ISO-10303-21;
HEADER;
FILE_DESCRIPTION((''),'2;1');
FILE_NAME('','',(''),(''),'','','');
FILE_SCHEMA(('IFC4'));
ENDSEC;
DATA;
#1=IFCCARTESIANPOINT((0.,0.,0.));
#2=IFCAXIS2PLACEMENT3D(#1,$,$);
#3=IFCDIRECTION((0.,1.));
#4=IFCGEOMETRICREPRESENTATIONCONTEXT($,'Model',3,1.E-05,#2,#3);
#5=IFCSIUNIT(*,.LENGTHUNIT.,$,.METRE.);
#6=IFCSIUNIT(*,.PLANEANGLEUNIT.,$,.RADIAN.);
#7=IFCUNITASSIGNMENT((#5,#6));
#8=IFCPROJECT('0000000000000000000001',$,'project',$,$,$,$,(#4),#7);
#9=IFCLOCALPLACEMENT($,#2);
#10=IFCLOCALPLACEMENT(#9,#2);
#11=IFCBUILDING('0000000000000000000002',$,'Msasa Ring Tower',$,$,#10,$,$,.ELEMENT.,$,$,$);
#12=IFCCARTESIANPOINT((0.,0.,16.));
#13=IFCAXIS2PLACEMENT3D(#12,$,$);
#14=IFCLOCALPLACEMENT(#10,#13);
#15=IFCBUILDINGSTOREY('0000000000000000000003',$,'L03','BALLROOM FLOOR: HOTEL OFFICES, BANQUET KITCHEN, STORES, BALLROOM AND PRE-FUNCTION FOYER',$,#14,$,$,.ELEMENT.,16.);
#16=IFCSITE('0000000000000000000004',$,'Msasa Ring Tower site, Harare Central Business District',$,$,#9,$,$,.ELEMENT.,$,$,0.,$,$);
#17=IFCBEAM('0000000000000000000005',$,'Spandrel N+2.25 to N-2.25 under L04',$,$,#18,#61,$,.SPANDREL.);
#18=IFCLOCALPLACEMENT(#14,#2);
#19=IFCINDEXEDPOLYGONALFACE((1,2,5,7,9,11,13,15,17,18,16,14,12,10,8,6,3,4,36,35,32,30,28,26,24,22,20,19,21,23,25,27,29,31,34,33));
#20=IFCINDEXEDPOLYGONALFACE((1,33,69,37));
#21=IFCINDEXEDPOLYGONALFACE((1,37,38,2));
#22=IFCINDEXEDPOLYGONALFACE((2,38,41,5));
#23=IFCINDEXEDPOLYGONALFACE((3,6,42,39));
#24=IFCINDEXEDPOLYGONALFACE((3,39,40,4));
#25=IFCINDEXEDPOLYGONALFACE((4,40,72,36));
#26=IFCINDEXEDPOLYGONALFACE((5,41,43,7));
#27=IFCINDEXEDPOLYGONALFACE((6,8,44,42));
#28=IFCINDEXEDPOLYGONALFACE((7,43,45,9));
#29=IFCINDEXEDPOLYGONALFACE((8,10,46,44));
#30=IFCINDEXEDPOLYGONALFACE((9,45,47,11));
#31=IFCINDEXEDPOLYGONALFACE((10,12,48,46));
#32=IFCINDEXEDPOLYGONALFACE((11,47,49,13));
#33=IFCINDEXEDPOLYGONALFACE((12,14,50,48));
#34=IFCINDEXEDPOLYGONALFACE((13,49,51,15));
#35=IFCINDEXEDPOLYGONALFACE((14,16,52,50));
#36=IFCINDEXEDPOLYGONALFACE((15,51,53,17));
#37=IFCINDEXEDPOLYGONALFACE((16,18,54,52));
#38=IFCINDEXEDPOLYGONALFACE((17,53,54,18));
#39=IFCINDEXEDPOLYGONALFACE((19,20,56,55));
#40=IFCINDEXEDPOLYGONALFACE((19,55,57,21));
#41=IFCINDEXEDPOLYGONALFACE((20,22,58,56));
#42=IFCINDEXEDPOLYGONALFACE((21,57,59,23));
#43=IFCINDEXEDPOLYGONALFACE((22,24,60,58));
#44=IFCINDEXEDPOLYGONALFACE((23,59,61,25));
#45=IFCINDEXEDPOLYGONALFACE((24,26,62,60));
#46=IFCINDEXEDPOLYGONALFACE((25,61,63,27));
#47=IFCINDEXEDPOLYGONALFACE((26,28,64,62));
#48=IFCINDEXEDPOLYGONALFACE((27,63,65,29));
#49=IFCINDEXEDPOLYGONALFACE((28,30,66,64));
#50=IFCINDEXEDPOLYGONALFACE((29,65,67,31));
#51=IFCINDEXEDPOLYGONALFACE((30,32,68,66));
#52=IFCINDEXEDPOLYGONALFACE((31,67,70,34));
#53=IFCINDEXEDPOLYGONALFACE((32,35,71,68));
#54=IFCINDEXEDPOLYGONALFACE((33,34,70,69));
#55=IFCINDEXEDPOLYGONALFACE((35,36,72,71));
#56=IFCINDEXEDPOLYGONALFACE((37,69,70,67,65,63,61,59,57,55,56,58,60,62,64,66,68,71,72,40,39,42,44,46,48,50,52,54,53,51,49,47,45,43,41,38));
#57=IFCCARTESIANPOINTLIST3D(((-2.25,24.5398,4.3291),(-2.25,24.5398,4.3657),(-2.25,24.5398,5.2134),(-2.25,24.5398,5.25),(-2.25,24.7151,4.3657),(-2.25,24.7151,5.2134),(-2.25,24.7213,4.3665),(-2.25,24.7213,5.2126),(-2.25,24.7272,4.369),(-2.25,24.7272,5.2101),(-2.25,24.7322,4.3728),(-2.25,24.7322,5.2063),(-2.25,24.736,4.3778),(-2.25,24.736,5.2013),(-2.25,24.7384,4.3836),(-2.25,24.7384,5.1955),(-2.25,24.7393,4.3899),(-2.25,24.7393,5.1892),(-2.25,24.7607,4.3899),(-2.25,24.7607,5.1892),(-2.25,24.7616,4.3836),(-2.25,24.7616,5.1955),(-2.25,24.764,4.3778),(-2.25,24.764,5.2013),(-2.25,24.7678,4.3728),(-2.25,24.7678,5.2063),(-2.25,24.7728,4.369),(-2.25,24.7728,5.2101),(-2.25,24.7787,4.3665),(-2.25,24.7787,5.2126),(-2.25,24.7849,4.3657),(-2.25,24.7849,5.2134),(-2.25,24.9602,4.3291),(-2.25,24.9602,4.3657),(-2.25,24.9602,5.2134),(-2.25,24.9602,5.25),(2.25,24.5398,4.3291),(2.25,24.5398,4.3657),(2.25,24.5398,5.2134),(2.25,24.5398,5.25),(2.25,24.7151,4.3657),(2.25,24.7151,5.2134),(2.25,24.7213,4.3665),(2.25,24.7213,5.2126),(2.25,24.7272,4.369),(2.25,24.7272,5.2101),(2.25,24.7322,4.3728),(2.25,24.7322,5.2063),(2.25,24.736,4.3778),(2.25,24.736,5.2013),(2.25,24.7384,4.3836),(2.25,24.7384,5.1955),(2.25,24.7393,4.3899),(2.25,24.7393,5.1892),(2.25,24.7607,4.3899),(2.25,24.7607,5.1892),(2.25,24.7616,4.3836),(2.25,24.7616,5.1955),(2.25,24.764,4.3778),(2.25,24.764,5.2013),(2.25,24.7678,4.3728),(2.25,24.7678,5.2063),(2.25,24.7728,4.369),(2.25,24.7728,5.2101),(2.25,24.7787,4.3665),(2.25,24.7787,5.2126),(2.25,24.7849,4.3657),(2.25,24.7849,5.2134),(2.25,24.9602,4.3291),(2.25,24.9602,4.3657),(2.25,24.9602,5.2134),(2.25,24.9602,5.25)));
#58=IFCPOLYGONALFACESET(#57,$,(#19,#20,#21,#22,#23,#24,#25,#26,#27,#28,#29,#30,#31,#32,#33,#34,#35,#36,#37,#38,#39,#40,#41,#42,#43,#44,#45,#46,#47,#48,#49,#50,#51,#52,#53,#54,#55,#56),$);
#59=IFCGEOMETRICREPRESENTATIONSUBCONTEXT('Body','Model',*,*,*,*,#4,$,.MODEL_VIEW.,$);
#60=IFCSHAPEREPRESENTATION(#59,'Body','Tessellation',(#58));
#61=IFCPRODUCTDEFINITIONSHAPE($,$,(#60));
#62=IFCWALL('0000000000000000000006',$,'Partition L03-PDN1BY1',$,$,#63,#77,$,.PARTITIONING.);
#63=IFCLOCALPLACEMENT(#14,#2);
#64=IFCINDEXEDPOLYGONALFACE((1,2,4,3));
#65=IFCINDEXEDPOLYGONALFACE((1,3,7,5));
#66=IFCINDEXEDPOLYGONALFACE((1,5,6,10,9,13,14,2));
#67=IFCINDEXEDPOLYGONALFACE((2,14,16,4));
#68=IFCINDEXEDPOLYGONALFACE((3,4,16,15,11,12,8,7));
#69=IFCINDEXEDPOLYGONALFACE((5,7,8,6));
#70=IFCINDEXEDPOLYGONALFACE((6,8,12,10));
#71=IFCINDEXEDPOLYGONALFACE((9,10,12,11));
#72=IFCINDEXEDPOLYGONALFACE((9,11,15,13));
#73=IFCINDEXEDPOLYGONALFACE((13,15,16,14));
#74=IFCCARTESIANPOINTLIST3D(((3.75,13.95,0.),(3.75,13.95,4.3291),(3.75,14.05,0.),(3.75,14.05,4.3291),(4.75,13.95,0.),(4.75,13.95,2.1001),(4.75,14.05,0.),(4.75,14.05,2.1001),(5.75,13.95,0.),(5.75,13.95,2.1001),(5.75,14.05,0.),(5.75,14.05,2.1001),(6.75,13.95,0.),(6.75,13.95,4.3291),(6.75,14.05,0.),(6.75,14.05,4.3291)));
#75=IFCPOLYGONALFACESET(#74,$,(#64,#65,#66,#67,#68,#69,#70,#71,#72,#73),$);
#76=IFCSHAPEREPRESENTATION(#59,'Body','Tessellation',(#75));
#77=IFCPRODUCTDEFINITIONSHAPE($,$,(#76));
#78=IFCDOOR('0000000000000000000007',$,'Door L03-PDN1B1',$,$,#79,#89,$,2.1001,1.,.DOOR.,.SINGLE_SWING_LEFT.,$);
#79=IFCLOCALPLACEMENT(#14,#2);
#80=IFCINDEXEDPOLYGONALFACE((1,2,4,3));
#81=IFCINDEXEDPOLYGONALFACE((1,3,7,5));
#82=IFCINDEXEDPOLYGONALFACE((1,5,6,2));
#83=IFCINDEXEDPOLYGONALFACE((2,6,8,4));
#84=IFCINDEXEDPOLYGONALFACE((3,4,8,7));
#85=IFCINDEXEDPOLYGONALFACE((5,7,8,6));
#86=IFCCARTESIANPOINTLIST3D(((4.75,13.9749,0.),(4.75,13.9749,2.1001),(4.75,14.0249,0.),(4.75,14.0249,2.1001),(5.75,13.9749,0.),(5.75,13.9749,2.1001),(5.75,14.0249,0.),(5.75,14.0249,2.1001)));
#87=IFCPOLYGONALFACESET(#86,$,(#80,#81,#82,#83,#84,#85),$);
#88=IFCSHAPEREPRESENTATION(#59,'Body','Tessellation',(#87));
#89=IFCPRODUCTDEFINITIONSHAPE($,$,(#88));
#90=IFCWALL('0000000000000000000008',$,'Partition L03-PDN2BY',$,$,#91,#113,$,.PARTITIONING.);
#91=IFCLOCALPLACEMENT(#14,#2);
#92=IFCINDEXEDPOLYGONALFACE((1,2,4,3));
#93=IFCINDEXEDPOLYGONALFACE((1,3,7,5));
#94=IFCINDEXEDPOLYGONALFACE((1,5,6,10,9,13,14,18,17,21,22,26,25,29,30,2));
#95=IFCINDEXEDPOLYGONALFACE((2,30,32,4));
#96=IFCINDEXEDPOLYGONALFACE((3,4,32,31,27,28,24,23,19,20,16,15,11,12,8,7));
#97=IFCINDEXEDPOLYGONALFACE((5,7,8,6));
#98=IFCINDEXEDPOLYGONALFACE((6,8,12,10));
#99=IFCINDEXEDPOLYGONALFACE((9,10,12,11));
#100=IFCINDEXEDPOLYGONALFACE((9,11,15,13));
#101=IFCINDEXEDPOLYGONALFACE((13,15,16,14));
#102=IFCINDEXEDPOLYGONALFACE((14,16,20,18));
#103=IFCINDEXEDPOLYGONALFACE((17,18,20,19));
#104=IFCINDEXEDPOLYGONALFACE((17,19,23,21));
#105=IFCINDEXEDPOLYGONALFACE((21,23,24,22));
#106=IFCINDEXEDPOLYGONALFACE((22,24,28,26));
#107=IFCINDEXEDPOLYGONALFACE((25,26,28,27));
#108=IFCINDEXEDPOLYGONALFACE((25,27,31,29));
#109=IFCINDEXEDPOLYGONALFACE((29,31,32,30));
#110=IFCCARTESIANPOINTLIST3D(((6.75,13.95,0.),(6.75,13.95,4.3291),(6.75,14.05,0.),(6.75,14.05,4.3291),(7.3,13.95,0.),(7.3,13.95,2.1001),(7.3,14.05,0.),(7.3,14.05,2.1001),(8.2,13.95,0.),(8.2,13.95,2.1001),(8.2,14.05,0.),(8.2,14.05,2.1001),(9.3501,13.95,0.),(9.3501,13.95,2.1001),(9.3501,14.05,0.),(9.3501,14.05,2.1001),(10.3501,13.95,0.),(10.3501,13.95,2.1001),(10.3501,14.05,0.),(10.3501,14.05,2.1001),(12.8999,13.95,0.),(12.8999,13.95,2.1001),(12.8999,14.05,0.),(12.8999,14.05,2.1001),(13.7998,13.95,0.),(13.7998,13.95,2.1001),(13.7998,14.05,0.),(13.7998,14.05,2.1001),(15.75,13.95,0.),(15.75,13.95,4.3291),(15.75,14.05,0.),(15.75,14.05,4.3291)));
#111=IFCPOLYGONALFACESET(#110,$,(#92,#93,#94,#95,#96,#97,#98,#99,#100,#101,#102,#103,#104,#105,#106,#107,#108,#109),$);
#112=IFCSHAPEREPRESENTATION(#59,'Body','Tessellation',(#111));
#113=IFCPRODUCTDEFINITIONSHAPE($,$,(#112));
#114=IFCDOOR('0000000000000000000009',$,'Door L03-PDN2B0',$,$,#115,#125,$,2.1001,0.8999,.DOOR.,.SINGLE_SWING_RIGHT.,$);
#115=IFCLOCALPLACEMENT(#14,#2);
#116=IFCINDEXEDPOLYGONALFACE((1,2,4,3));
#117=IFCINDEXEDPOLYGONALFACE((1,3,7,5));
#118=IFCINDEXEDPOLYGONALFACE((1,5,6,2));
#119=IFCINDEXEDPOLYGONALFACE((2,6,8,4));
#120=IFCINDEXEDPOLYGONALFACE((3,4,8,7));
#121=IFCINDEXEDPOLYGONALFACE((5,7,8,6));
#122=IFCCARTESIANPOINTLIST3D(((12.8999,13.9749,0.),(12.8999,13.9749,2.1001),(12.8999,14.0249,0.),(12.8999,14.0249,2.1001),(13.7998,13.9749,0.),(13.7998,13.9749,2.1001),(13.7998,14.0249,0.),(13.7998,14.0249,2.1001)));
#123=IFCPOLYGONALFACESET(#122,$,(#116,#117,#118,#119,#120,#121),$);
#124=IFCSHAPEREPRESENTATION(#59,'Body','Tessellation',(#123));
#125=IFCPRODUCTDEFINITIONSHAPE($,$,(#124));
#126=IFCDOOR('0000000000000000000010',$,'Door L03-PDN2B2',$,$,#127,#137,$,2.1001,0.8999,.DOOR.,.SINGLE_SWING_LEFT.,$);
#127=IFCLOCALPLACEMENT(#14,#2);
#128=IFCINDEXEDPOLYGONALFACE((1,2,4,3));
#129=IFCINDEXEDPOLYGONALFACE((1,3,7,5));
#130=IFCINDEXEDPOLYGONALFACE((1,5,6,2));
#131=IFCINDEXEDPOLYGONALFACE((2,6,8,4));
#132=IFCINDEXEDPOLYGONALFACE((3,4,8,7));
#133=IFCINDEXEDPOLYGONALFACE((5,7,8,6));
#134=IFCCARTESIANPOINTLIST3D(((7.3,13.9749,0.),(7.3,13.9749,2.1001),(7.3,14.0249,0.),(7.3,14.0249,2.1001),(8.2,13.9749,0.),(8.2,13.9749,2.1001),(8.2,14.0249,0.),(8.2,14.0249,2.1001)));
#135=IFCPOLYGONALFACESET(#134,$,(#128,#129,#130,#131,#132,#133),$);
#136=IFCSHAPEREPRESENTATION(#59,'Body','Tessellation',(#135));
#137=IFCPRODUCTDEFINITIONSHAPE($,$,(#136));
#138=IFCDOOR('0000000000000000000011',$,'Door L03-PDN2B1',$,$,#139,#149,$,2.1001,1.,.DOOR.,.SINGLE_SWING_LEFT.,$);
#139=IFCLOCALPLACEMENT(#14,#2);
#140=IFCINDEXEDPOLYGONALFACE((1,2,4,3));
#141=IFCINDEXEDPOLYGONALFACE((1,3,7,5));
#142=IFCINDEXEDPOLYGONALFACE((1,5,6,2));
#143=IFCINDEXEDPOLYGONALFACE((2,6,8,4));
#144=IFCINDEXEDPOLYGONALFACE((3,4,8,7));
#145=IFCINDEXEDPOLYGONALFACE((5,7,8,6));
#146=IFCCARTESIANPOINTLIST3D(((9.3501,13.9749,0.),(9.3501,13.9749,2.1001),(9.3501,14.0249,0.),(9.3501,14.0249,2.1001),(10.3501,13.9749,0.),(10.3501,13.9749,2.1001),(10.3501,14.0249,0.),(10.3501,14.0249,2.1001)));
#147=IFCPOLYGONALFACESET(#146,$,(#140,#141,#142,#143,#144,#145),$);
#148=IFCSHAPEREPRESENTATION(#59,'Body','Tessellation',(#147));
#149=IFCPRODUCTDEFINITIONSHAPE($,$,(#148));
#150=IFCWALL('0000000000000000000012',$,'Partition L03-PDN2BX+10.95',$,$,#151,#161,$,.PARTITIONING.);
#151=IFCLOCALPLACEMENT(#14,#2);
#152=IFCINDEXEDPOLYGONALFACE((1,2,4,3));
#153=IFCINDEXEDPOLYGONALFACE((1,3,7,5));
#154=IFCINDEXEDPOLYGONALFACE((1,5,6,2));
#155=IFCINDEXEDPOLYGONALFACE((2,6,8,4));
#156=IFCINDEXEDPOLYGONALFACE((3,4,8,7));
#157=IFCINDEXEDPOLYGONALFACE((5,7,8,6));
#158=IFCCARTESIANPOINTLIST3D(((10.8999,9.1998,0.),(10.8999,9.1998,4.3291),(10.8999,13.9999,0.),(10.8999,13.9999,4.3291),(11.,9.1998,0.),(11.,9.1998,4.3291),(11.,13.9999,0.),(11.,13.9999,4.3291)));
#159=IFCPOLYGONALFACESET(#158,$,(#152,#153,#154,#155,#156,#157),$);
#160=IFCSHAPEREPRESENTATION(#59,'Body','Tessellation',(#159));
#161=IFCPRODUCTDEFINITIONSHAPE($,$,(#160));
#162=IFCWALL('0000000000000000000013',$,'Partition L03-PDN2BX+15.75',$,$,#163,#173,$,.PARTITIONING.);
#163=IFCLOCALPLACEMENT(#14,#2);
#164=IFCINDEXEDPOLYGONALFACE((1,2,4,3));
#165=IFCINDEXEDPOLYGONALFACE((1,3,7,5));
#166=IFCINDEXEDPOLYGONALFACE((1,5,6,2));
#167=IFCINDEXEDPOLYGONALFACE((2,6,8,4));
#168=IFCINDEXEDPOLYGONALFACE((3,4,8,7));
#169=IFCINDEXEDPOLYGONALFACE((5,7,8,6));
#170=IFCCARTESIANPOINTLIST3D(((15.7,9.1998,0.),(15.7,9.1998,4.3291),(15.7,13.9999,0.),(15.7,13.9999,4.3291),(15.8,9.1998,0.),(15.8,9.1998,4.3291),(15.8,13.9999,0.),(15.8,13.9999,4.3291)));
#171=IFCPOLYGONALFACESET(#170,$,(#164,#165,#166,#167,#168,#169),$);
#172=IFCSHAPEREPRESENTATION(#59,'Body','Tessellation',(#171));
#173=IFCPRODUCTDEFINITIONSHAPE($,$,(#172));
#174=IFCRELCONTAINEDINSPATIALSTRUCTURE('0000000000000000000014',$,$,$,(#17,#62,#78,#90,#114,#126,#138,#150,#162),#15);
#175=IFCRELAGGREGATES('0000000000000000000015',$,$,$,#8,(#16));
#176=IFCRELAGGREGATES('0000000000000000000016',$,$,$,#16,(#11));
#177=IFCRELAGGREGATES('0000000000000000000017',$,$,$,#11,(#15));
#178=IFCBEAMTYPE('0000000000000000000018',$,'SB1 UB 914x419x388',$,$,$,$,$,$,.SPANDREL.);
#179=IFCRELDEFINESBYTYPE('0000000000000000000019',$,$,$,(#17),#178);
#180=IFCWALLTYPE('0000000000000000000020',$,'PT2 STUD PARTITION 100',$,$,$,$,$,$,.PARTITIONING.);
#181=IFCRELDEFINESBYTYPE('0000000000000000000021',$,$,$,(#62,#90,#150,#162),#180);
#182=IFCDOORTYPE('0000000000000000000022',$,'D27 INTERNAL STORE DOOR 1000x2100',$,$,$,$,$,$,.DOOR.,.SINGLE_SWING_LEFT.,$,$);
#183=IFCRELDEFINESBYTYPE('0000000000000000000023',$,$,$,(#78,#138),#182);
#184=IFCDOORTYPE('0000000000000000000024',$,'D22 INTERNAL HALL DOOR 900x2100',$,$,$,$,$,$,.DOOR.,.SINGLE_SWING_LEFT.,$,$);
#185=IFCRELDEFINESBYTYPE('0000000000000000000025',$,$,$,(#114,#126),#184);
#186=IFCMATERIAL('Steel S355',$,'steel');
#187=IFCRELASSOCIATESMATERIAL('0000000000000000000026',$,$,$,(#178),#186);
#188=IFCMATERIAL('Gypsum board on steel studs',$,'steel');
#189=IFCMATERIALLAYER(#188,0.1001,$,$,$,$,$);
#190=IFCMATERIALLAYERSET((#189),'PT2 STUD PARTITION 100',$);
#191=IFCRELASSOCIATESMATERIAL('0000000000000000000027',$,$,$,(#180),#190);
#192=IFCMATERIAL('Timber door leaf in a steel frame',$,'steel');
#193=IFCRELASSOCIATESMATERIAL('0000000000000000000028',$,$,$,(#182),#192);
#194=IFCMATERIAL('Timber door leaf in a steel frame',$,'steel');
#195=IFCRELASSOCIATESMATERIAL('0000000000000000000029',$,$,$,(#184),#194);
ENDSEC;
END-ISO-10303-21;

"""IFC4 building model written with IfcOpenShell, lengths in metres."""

from ifc_helpers import new_model, si_unit, direction, frame, frame_2d, origin, origin_2d, place, context, subcontext, project, spatial, rectangle, i_section, extrude, material, layer, layer_set, material_profile, profile_set, type_object, element, fill, save


model = new_model("IFC4")

# Units and contexts
model_context = context("Model", 3, precision=1e-05, world=origin(), true_north=direction((0.0, 1.0)))
body_context = subcontext(model_context, "Body", "Model", "MODEL_VIEW")
ifc_project = project(units=[si_unit("LENGTHUNIT", "METRE"), si_unit("PLANEANGLEUNIT", "RADIAN")], contexts=[model_context])

# Site, building, storey
site_placement = place(None, origin())
site = spatial("IfcSite", under=ifc_project, at=site_placement, Name="Msasa Ring Tower site, Harare Central Business District", CompositionType="ELEMENT", RefElevation=0.0)
building_placement = place(site_placement, origin())
building = spatial("IfcBuilding", under=site, at=building_placement, Name="Msasa Ring Tower", CompositionType="ELEMENT")
storey_placement = place(building_placement, frame((0.0, 0.0, 16.0)))
storey = spatial("IfcBuildingStorey", under=building, at=storey_placement, Name="L03", Description="BALLROOM FLOOR: HOTEL OFFICES, BANQUET KITCHEN, STORES, BALLROOM AND PRE-FUNCTION FOYER", CompositionType="ELEMENT", Elevation=16.0)

# Beam
ifc_material_1 = material(Name="Steel S355", Category="steel")
ifc_material_profile_1 = material_profile(ifc_material_1, i_section(OverallWidth=0.4204, OverallDepth=0.9209, WebThickness=0.0215, FlangeThickness=0.0366, FilletRadius=0.0242, at=origin_2d()), Name="UB 914x419x388")
ifc_profile_set_1 = profile_set([ifc_material_profile_1], Name="Steel S355")
beam_type_1 = type_object("IfcBeamType", Name="SB1 UB 914x419x388", PredefinedType="SPANDREL", material=ifc_profile_set_1)
for number, where, z_axis, x_axis, name in (
    (1, (2.25, 24.75, 4.7896), (-1.0, 0.0, 0.0), (0.0, -1.0, 0.0), "Spandrel N+2.25 to N-2.25 under L04"),
):
    element("IfcBeam", number, at=place(storey_placement, frame(where, z_axis=z_axis, x_axis=x_axis)), inside=storey, type_object=beam_type_1, Name=name, PredefinedType="SPANDREL", context=body_context, shape_type="SweptSolid", body=[
        extrude(i_section(OverallWidth=0.4204, OverallDepth=0.9209, WebThickness=0.0215, FlangeThickness=0.0366, FilletRadius=0.0242, at=origin_2d()), origin(), (0.0, 0.0, 1.0), 4.5),
    ])

# Wall, opening, door
ifc_material_2 = material(Name="Gypsum board on steel studs", Category="steel")
ifc_layer = layer(ifc_material_2, 0.1001)
ifc_layer_set = layer_set([ifc_layer], Name="PT2 STUD PARTITION 100")
wall_type = type_object("IfcWallType", Name="PT2 STUD PARTITION 100", PredefinedType="PARTITIONING", material=ifc_layer_set)
wall_1_placement = place(storey_placement, frame((3.75, 14.0, 0.0), z_axis=(0.0, 0.0, 1.0), x_axis=(1.0, 0.0, 0.0)))
wall_1 = element("IfcWall", 2, at=wall_1_placement, inside=storey, type_object=wall_type, Name="Partition L03-PDN1BY1", PredefinedType="PARTITIONING", context=body_context, shape_type="SweptSolid", body=[
    extrude(rectangle(XDim=3.0, YDim=0.1001, at=frame_2d((1.5, 0.0))), origin(), (0.0, 0.0, 1.0), 4.3291),
])
opening_1_placement = place(wall_1_placement, frame((1.0, 0.0, 0.0)))
opening_1 = element("IfcOpeningElement", 3, at=opening_1_placement, cuts=wall_1, PredefinedType="OPENING", context=body_context, shape_type="SweptSolid", body=[
    extrude(rectangle(XDim=1.0, YDim=2.1001, at=frame_2d((0.5, 1.05))), frame((0.0, 0.0601, 0.0), z_axis=(0.0, -1.0, 0.0), x_axis=(1.0, 0.0, 0.0)), (0.0, 0.0, 1.0), 0.1201),
])
ifc_material_3 = material(Name="Timber door leaf in a steel frame", Category="steel")
door_type_1 = type_object("IfcDoorType", Name="D27 INTERNAL STORE DOOR 1000x2100", OperationType="SINGLE_SWING_LEFT", PredefinedType="DOOR", material=ifc_material_3)
door_1_placement = place(opening_1_placement, origin())
door_1 = element("IfcDoor", 4, at=door_1_placement, inside=storey, type_object=door_type_1, Name="Door L03-PDN1B1", OperationType="SINGLE_SWING_LEFT", OverallHeight=2.1001, OverallWidth=1.0, PredefinedType="DOOR", context=body_context, shape_type="SweptSolid", body=[
    extrude(rectangle(XDim=1.0, YDim=2.1001, at=frame_2d((0.5, 1.05))), frame((0.0, 0.0249, 0.0), z_axis=(0.0, -1.0, 0.0), x_axis=(1.0, 0.0, 0.0)), (0.0, 0.0, 1.0), 0.05),
])
fill(opening_1, door_1)

# Wall, openings, doors
wall_2_placement = place(storey_placement, frame((6.75, 14.0, 0.0), z_axis=(0.0, 0.0, 1.0), x_axis=(1.0, 0.0, 0.0)))
wall_2 = element("IfcWall", 5, at=wall_2_placement, inside=storey, type_object=wall_type, Name="Partition L03-PDN2BY", PredefinedType="PARTITIONING", context=body_context, shape_type="SweptSolid", body=[
    extrude(rectangle(XDim=9.0, YDim=0.1001, at=frame_2d((4.5, 0.0))), origin(), (0.0, 0.0, 1.0), 4.3291),
])
opening_2_placement = place(wall_2_placement, frame((6.1499, 0.0, 0.0)))
opening_2 = element("IfcOpeningElement", 6, at=opening_2_placement, cuts=wall_2, PredefinedType="OPENING", context=body_context, shape_type="SweptSolid", body=[
    extrude(rectangle(XDim=0.8999, YDim=2.1001, at=frame_2d((0.45, 1.05))), frame((0.0, 0.0601, 0.0), z_axis=(0.0, -1.0, 0.0), x_axis=(1.0, 0.0, 0.0)), (0.0, 0.0, 1.0), 0.1201),
])
opening_3_placement = place(wall_2_placement, frame((2.6001, 0.0, 0.0)))
opening_3 = element("IfcOpeningElement", 7, at=opening_3_placement, cuts=wall_2, PredefinedType="OPENING", context=body_context, shape_type="SweptSolid", body=[
    extrude(rectangle(XDim=1.0, YDim=2.1001, at=frame_2d((0.5, 1.05))), frame((0.0, 0.0601, 0.0), z_axis=(0.0, -1.0, 0.0), x_axis=(1.0, 0.0, 0.0)), (0.0, 0.0, 1.0), 0.1201),
])
opening_4_placement = place(wall_2_placement, frame((0.55, 0.0, 0.0)))
opening_4 = element("IfcOpeningElement", 8, at=opening_4_placement, cuts=wall_2, PredefinedType="OPENING", context=body_context, shape_type="SweptSolid", body=[
    extrude(rectangle(XDim=0.8999, YDim=2.1001, at=frame_2d((0.45, 1.05))), frame((0.0, 0.0601, 0.0), z_axis=(0.0, -1.0, 0.0), x_axis=(1.0, 0.0, 0.0)), (0.0, 0.0, 1.0), 0.1201),
])
ifc_material_4 = material(Name="Timber door leaf in a steel frame", Category="steel")
door_type_2 = type_object("IfcDoorType", Name="D22 INTERNAL HALL DOOR 900x2100", OperationType="SINGLE_SWING_LEFT", PredefinedType="DOOR", material=ifc_material_4)
door_2_placement = place(opening_2_placement, origin())
door_2 = element("IfcDoor", 9, at=door_2_placement, inside=storey, type_object=door_type_2, Name="Door L03-PDN2B0", OperationType="SINGLE_SWING_RIGHT", OverallHeight=2.1001, OverallWidth=0.8999, PredefinedType="DOOR", context=body_context, shape_type="SweptSolid", body=[
    extrude(rectangle(XDim=0.8999, YDim=2.1001, at=frame_2d((0.45, 1.05))), frame((0.0, 0.0249, 0.0), z_axis=(0.0, -1.0, 0.0), x_axis=(1.0, 0.0, 0.0)), (0.0, 0.0, 1.0), 0.05),
])
fill(opening_2, door_2)
door_3_placement = place(opening_4_placement, origin())
door_3 = element("IfcDoor", 10, at=door_3_placement, inside=storey, type_object=door_type_2, Name="Door L03-PDN2B2", OperationType="SINGLE_SWING_LEFT", OverallHeight=2.1001, OverallWidth=0.8999, PredefinedType="DOOR", context=body_context, shape_type="SweptSolid", body=[
    extrude(rectangle(XDim=0.8999, YDim=2.1001, at=frame_2d((0.45, 1.05))), frame((0.0, 0.0249, 0.0), z_axis=(0.0, -1.0, 0.0), x_axis=(1.0, 0.0, 0.0)), (0.0, 0.0, 1.0), 0.05),
])
fill(opening_4, door_3)
door_4_placement = place(opening_3_placement, origin())
door_4 = element("IfcDoor", 11, at=door_4_placement, inside=storey, type_object=door_type_1, Name="Door L03-PDN2B1", OperationType="SINGLE_SWING_LEFT", OverallHeight=2.1001, OverallWidth=1.0, PredefinedType="DOOR", context=body_context, shape_type="SweptSolid", body=[
    extrude(rectangle(XDim=1.0, YDim=2.1001, at=frame_2d((0.5, 1.05))), frame((0.0, 0.0249, 0.0), z_axis=(0.0, -1.0, 0.0), x_axis=(1.0, 0.0, 0.0)), (0.0, 0.0, 1.0), 0.05),
])
fill(opening_3, door_4)

# Walls
for number, where, z_axis, x_axis, name in (
    (12, (10.95, 9.2, 0.0), (0.0, 0.0, 1.0), (0.0, 1.0, 0.0), "Partition L03-PDN2BX+10.95"),
    (13, (15.75, 9.2, 0.0), (0.0, 0.0, 1.0), (0.0, 1.0, 0.0), "Partition L03-PDN2BX+15.75"),
):
    element("IfcWall", number, at=place(storey_placement, frame(where, z_axis=z_axis, x_axis=x_axis)), inside=storey, type_object=wall_type, Name=name, PredefinedType="PARTITIONING", context=body_context, shape_type="SweptSolid", body=[
        extrude(rectangle(XDim=4.8, YDim=0.1001, at=frame_2d((2.3999, 0.0))), origin(), (0.0, 0.0, 1.0), 4.3291),
    ])

save(model, "model.ifc")
